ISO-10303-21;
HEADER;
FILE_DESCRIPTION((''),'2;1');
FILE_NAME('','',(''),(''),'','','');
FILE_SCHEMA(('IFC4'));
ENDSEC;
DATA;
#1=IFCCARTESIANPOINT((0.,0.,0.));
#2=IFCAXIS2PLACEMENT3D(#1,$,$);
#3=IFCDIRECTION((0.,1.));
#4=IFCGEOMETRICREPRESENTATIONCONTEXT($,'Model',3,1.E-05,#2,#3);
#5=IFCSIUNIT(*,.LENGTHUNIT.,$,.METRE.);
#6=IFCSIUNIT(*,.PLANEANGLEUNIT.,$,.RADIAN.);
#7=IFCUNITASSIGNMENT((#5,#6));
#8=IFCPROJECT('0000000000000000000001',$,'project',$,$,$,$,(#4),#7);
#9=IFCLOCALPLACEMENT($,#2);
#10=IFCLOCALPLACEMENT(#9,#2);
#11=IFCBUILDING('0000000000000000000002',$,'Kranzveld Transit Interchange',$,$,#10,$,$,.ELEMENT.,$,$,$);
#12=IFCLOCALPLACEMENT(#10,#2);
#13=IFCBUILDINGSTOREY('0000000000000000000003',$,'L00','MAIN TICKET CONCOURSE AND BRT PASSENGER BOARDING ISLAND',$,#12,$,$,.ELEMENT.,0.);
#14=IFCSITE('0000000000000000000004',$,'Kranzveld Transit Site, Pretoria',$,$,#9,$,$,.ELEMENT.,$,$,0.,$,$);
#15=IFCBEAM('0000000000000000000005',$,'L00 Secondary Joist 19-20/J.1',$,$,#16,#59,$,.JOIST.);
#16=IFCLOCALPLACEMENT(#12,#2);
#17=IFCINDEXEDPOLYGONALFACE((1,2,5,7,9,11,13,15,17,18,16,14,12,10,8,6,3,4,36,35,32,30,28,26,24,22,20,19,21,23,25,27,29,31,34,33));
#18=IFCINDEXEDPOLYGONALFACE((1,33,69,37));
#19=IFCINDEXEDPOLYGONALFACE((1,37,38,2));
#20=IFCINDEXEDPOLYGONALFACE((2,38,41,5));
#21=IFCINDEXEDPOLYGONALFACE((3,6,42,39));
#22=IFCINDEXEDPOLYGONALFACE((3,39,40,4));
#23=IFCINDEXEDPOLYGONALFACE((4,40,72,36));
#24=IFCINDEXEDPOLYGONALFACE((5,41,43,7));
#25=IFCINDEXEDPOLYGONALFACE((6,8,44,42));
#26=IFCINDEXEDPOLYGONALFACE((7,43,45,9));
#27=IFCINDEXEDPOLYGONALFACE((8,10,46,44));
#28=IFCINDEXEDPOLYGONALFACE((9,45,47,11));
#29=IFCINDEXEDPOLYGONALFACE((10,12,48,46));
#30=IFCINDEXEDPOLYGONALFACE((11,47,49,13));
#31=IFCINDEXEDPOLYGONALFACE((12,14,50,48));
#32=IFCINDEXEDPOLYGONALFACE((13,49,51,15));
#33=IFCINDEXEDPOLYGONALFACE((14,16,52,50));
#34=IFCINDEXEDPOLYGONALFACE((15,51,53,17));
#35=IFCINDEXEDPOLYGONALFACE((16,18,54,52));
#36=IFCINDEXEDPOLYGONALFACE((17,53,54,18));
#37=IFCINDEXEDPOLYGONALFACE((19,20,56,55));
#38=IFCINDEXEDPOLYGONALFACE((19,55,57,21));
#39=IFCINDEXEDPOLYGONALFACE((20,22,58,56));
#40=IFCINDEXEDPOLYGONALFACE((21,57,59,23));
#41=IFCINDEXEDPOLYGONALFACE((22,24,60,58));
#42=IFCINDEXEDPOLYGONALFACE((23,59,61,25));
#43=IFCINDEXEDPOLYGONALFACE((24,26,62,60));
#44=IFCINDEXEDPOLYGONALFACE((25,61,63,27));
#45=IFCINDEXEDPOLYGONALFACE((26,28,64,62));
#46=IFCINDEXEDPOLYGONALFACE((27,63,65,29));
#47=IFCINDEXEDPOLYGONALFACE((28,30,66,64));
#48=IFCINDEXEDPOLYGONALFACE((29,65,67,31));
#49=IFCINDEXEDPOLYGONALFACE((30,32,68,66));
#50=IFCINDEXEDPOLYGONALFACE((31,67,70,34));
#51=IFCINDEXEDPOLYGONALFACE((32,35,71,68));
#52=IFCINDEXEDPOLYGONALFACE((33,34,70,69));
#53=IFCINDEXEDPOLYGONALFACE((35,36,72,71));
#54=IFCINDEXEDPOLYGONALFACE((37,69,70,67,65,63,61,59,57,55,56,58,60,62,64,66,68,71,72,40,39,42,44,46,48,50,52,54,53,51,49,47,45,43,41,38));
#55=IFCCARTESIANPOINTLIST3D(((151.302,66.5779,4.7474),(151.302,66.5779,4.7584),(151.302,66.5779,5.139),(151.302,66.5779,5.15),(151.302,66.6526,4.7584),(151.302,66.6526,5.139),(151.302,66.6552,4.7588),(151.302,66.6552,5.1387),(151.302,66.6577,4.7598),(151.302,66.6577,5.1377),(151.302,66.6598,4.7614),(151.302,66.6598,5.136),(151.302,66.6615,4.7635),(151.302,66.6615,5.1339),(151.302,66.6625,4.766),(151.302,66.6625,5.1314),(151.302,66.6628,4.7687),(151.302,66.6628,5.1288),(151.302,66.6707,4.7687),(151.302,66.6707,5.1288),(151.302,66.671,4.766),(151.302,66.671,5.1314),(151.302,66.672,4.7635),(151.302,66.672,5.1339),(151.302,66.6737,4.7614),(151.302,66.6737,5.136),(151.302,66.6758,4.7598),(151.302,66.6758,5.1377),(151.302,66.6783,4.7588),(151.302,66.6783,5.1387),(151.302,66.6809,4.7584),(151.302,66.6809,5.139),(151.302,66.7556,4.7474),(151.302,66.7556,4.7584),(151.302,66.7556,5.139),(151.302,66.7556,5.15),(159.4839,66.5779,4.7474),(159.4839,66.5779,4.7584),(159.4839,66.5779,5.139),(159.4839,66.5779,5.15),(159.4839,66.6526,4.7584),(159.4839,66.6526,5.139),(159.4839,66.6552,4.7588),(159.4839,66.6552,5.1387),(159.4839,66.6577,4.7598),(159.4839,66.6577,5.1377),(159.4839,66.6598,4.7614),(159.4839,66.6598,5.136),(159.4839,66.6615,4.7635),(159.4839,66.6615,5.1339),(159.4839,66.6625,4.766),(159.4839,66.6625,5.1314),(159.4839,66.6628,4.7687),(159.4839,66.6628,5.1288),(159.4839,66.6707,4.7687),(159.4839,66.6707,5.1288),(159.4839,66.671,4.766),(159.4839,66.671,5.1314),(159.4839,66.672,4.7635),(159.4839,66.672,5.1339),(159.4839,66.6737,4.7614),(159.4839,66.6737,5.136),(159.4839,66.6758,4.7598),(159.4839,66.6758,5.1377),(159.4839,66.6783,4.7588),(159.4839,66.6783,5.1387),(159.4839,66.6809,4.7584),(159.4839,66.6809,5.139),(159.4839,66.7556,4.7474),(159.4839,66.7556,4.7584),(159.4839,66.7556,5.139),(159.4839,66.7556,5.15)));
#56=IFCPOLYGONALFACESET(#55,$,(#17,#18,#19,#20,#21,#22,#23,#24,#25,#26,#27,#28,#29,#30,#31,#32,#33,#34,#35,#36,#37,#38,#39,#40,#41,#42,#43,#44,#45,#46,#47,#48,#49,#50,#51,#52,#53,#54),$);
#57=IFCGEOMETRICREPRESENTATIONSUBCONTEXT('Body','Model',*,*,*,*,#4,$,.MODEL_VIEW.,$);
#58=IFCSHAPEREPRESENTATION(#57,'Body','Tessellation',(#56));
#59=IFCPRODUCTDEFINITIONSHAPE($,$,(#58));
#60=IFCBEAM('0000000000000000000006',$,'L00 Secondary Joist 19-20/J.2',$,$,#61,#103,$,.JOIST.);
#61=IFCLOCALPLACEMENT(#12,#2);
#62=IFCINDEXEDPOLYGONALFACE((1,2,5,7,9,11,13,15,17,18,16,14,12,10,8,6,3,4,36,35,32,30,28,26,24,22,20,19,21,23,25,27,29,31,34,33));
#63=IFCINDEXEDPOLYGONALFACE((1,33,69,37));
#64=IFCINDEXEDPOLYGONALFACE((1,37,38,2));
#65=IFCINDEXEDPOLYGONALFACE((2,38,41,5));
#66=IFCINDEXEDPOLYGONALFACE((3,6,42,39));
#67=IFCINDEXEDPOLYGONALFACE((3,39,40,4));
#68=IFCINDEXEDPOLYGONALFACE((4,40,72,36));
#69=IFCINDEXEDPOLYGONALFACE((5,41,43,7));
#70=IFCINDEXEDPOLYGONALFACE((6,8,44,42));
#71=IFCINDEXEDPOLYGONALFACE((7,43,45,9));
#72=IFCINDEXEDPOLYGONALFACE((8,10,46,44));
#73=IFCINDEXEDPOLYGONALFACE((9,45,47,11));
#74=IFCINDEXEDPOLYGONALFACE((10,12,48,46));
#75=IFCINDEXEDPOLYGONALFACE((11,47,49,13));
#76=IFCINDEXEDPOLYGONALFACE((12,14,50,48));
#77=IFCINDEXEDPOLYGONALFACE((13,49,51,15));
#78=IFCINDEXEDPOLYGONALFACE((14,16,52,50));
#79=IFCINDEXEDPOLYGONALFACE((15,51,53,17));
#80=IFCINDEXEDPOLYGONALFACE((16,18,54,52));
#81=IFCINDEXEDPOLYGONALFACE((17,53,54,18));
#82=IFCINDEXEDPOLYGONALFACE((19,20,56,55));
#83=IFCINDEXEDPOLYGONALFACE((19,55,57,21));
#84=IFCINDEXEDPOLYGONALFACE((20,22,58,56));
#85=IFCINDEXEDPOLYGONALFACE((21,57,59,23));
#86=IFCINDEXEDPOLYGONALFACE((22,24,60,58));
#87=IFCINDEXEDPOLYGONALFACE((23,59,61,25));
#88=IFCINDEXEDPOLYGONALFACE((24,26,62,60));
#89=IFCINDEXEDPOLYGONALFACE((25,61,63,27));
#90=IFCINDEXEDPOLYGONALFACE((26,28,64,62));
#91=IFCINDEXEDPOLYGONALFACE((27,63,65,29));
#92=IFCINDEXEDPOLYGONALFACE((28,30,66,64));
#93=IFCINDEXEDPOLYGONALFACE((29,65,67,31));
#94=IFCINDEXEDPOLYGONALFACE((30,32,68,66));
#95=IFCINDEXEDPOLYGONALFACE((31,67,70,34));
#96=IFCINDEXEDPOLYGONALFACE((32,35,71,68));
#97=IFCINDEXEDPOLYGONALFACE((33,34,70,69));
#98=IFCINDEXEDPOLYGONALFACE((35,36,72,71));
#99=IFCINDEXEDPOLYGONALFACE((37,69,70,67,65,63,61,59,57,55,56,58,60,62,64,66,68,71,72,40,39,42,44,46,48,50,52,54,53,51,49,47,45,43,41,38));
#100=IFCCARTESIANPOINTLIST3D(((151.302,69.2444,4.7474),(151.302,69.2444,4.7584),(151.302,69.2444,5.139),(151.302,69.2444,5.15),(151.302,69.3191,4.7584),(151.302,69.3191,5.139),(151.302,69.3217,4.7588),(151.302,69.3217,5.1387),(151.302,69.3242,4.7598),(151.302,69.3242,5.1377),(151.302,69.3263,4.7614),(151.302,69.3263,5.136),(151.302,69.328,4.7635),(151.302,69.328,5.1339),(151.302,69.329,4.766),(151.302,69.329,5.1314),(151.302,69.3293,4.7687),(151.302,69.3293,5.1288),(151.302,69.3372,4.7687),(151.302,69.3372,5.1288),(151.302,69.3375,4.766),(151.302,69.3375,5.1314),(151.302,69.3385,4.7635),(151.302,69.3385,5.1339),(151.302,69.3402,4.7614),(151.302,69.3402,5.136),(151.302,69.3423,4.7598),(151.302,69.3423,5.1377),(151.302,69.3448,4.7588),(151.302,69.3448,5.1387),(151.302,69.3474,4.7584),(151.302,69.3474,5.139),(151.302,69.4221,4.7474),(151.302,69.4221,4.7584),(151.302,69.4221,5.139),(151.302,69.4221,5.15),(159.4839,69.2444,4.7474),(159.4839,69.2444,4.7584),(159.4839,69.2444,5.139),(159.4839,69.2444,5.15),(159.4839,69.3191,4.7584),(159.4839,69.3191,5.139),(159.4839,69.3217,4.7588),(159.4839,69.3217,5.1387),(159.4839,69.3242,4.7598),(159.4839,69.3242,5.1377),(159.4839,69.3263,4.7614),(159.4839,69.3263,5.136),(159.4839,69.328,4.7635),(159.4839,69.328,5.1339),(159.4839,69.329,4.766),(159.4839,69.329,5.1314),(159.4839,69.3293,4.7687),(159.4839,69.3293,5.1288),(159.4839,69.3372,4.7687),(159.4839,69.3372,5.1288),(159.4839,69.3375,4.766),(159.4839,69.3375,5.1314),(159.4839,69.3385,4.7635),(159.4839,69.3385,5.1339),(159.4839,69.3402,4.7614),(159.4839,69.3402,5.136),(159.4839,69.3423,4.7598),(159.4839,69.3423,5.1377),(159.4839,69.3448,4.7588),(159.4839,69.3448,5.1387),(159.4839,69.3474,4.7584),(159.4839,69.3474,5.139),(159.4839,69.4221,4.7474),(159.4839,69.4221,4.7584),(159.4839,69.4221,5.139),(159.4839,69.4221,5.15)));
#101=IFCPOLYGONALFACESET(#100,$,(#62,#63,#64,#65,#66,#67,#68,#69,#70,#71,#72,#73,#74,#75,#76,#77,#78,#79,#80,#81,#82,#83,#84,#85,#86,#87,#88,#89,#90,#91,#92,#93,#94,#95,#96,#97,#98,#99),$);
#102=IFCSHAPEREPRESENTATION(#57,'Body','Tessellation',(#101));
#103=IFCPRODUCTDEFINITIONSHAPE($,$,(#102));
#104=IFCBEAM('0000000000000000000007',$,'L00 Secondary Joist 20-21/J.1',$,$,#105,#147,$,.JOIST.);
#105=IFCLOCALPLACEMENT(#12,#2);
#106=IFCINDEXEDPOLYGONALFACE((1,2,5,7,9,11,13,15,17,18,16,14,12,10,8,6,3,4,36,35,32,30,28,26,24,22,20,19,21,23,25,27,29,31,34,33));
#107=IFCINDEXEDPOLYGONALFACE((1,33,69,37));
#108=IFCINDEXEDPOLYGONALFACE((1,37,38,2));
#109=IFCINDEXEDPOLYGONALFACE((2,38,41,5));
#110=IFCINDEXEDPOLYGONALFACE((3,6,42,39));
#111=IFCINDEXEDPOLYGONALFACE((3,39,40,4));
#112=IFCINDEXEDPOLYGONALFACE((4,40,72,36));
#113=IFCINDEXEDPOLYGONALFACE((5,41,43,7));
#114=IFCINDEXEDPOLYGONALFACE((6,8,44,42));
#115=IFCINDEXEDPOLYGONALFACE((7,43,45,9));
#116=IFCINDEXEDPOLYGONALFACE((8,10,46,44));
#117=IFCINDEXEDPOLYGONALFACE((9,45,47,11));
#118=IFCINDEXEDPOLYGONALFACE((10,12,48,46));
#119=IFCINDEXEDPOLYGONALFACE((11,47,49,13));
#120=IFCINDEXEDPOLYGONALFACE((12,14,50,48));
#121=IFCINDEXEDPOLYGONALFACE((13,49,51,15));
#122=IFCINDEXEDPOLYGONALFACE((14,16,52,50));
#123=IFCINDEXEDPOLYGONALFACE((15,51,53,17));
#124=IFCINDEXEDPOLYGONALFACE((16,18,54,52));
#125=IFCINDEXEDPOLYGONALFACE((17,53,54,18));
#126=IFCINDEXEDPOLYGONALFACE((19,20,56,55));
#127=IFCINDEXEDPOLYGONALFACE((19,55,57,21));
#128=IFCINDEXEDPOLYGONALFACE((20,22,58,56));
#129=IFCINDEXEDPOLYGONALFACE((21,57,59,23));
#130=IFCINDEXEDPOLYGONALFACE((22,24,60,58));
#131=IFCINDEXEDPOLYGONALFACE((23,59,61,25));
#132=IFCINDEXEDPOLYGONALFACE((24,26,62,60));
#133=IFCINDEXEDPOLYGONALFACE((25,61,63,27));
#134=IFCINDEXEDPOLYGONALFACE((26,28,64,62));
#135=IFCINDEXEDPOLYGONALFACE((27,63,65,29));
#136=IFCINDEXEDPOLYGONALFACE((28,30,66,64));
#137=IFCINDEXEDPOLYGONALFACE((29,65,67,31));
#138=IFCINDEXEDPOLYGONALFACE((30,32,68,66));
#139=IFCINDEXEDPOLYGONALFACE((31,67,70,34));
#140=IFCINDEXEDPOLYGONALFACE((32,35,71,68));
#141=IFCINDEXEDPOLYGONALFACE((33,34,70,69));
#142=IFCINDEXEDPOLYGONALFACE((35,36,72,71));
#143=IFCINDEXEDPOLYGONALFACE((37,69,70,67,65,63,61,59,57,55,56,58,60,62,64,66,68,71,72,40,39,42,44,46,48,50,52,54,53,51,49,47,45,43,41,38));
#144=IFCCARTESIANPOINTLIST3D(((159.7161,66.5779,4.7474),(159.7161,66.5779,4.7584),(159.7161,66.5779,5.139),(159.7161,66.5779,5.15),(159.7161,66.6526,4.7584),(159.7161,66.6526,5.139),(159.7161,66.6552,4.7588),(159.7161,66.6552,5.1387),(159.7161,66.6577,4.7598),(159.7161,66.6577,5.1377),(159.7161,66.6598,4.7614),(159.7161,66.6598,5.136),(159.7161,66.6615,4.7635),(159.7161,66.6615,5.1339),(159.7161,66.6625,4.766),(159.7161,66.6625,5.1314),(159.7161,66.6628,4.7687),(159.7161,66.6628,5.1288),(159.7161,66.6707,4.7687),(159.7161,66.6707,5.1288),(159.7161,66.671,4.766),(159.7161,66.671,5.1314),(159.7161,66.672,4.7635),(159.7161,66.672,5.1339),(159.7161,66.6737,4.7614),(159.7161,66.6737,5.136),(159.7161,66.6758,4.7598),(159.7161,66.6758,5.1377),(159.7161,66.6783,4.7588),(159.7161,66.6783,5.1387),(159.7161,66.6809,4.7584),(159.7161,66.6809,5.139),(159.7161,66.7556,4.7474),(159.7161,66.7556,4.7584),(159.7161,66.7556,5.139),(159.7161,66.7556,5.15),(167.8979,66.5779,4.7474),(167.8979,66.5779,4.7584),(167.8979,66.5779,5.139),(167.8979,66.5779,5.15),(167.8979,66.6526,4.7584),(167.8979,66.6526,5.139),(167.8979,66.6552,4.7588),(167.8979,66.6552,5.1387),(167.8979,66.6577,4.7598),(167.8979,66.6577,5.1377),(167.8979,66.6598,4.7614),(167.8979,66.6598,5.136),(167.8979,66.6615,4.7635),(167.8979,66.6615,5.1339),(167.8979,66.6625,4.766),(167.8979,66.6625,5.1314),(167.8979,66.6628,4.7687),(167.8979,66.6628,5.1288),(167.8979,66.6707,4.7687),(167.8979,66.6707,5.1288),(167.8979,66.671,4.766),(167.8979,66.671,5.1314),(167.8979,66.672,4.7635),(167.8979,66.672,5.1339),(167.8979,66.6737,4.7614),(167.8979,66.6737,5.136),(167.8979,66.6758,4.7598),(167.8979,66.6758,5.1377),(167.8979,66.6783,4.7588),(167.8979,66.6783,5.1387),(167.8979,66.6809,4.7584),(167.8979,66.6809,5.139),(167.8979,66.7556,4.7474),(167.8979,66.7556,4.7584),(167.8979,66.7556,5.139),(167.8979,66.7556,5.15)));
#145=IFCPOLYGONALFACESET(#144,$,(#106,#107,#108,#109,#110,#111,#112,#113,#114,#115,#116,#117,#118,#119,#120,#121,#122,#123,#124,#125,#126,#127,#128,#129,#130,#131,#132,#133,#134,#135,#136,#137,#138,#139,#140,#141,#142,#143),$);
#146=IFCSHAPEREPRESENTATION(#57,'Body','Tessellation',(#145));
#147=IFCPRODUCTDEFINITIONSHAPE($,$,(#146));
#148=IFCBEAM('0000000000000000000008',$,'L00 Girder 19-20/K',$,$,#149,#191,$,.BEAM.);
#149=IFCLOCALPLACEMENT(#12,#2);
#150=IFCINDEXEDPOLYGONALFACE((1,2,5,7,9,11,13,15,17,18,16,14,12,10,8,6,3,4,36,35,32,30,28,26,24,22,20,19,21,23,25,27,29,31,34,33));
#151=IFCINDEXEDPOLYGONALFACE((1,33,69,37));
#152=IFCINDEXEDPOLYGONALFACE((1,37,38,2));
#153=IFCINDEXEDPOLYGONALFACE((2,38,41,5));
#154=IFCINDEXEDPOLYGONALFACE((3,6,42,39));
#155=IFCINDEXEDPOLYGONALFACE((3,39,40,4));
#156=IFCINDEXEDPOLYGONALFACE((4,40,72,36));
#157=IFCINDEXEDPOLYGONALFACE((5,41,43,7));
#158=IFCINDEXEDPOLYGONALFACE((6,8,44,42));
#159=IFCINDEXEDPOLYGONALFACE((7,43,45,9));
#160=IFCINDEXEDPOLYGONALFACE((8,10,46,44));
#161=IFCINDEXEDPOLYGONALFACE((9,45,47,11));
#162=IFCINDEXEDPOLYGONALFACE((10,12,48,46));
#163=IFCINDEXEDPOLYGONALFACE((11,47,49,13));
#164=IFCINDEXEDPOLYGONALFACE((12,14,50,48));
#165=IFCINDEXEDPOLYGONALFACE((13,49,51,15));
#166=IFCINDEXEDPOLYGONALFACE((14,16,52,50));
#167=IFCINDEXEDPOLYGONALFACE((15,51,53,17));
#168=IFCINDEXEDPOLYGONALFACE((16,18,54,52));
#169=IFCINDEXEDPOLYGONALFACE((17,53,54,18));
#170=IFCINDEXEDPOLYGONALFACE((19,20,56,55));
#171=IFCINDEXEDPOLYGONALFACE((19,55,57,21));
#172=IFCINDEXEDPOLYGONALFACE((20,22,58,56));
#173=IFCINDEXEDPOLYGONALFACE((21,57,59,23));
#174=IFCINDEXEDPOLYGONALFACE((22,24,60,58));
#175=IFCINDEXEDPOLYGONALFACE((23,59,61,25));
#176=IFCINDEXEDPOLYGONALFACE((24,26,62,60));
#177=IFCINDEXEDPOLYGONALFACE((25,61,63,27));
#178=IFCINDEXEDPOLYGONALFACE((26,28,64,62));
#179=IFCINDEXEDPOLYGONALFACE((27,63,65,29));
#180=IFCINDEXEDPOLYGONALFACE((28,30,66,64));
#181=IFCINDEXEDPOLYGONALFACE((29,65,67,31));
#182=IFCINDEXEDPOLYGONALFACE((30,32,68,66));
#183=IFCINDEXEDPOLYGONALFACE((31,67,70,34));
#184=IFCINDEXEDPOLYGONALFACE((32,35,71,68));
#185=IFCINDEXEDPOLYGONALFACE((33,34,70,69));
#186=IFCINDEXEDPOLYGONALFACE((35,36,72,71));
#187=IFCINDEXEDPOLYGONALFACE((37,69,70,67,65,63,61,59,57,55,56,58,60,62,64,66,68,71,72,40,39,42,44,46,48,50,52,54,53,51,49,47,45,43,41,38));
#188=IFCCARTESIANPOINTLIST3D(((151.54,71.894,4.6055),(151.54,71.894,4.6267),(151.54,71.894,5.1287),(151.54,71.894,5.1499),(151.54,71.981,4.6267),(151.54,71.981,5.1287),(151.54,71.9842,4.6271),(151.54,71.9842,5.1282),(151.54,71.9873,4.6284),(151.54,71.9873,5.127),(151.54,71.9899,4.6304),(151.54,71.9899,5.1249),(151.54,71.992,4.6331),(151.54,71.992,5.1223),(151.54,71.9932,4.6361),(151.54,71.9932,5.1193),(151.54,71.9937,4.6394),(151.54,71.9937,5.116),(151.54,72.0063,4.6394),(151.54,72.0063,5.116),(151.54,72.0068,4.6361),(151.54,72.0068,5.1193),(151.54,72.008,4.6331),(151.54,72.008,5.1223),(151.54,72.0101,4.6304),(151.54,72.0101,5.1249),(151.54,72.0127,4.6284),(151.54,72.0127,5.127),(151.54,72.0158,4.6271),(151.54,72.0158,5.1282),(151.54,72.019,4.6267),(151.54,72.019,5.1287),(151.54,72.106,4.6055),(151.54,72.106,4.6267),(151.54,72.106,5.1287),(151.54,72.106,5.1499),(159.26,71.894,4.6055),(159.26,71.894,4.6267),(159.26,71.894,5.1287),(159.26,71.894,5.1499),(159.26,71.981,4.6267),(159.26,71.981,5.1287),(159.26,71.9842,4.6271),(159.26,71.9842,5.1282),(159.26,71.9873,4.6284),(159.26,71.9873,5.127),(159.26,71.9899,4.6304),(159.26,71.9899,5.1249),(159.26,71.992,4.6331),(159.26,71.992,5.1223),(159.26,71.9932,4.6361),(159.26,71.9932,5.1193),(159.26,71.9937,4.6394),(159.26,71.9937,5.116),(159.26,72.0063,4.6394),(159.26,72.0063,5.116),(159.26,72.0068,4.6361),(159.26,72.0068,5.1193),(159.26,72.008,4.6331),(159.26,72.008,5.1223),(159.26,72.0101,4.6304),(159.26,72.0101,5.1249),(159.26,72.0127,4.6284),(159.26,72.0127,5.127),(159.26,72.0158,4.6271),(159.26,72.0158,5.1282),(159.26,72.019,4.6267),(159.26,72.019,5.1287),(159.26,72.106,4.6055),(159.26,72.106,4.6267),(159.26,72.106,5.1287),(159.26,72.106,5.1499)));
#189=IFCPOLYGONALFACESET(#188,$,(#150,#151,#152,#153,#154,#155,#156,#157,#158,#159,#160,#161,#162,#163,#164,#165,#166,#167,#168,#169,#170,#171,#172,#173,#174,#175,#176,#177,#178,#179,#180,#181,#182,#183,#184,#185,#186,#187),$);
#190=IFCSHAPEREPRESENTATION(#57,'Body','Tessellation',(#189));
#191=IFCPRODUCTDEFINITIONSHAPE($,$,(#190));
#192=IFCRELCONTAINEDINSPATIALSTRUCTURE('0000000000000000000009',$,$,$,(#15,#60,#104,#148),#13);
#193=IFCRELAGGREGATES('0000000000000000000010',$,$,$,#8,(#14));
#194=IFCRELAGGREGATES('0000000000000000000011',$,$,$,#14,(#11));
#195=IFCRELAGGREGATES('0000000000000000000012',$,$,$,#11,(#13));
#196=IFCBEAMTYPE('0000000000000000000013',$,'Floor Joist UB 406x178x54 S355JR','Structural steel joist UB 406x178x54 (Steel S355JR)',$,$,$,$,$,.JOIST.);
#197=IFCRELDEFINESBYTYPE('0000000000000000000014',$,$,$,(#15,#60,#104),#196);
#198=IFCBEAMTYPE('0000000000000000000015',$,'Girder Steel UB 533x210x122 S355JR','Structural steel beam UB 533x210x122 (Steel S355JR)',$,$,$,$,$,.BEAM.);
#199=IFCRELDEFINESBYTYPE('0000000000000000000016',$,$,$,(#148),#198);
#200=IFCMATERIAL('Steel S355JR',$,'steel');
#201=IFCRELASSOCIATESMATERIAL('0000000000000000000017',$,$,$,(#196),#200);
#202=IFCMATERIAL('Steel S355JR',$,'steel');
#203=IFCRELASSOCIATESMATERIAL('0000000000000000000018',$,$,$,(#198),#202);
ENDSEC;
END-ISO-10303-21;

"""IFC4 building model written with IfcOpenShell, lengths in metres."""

from ifc_helpers import new_model, si_unit, direction, frame, origin, origin_2d, place, context, subcontext, project, spatial, i_section, extrude, material, material_profile, profile_set, type_object, element, save


model = new_model("IFC4")

# Units and contexts
model_context = context("Model", 3, precision=1e-05, world=origin(), true_north=direction((0.0, 1.0)))
body_context = subcontext(model_context, "Body", "Model", "MODEL_VIEW")
ifc_project = project(units=[si_unit("LENGTHUNIT", "METRE"), si_unit("PLANEANGLEUNIT", "RADIAN")], contexts=[model_context])

# Site, building, storey
site_placement = place(None, origin())
site = spatial("IfcSite", under=ifc_project, at=site_placement, Name="Kranzveld Transit Site, Pretoria", CompositionType="ELEMENT", RefElevation=0.0)
building_placement = place(site_placement, origin())
building = spatial("IfcBuilding", under=site, at=building_placement, Name="Kranzveld Transit Interchange", CompositionType="ELEMENT")
storey_placement = place(building_placement, origin())
storey = spatial("IfcBuildingStorey", under=building, at=storey_placement, Name="L00", Description="MAIN TICKET CONCOURSE AND BRT PASSENGER BOARDING ISLAND", CompositionType="ELEMENT", Elevation=0.0)

# Beams
ifc_material_1 = material(Name="Steel S355JR", Category="steel")
ifc_material_profile_1 = material_profile(ifc_material_1, i_section(OverallWidth=0.1777, OverallDepth=0.4026, WebThickness=0.0078, FlangeThickness=0.011, FilletRadius=0.0103, at=origin_2d()), Name="UB 406x178x54")
ifc_profile_set_1 = profile_set([ifc_material_profile_1], Name="Steel S355JR")
beam_type_1 = type_object("IfcBeamType", Name="Floor Joist UB 406x178x54 S355JR", Description="Structural steel joist UB 406x178x54 (Steel S355JR)", PredefinedType="JOIST", material=ifc_profile_set_1)
for number, where, z_axis, x_axis, name in (
    (1, (151.302, 66.6667, 4.9487), (1.0, 0.0, 0.0), (0.0, 1.0, 0.0), "L00 Secondary Joist 19-20/J.1"),
    (2, (151.302, 69.3333, 4.9487), (1.0, 0.0, 0.0), (0.0, 1.0, 0.0), "L00 Secondary Joist 19-20/J.2"),
    (3, (159.7161, 66.6667, 4.9487), (1.0, 0.0, 0.0), (0.0, 1.0, 0.0), "L00 Secondary Joist 20-21/J.1"),
):
    element("IfcBeam", number, at=place(storey_placement, frame(where, z_axis=z_axis, x_axis=x_axis)), inside=storey, type_object=beam_type_1, Name=name, PredefinedType="JOIST", context=body_context, shape_type="SweptSolid", body=[
        extrude(i_section(OverallWidth=0.1777, OverallDepth=0.4026, WebThickness=0.0078, FlangeThickness=0.011, FilletRadius=0.0103, at=origin_2d()), origin(), (0.0, 0.0, 1.0), 8.1819),
    ])
ifc_material_2 = material(Name="Steel S355JR", Category="steel")
ifc_material_profile_2 = material_profile(ifc_material_2, i_section(OverallWidth=0.2119, OverallDepth=0.5444, WebThickness=0.0127, FlangeThickness=0.0212, FilletRadius=0.0127, at=origin_2d()), Name="UB 533x210x122")
ifc_profile_set_2 = profile_set([ifc_material_profile_2], Name="Steel S355JR")
beam_type_2 = type_object("IfcBeamType", Name="Girder Steel UB 533x210x122 S355JR", Description="Structural steel beam UB 533x210x122 (Steel S355JR)", PredefinedType="BEAM", material=ifc_profile_set_2)
beam_1_placement = place(storey_placement, frame((151.54, 72.0, 4.8777), z_axis=(1.0, 0.0, 0.0), x_axis=(0.0, 1.0, 0.0)))
element("IfcBeam", 4, at=beam_1_placement, inside=storey, type_object=beam_type_2, Name="L00 Girder 19-20/K", PredefinedType="BEAM", context=body_context, shape_type="SweptSolid", body=[
    extrude(i_section(OverallWidth=0.2119, OverallDepth=0.5444, WebThickness=0.0127, FlangeThickness=0.0212, FilletRadius=0.0127, at=origin_2d()), origin(), (0.0, 0.0, 1.0), 7.72),
])

save(model, "model.ifc")
